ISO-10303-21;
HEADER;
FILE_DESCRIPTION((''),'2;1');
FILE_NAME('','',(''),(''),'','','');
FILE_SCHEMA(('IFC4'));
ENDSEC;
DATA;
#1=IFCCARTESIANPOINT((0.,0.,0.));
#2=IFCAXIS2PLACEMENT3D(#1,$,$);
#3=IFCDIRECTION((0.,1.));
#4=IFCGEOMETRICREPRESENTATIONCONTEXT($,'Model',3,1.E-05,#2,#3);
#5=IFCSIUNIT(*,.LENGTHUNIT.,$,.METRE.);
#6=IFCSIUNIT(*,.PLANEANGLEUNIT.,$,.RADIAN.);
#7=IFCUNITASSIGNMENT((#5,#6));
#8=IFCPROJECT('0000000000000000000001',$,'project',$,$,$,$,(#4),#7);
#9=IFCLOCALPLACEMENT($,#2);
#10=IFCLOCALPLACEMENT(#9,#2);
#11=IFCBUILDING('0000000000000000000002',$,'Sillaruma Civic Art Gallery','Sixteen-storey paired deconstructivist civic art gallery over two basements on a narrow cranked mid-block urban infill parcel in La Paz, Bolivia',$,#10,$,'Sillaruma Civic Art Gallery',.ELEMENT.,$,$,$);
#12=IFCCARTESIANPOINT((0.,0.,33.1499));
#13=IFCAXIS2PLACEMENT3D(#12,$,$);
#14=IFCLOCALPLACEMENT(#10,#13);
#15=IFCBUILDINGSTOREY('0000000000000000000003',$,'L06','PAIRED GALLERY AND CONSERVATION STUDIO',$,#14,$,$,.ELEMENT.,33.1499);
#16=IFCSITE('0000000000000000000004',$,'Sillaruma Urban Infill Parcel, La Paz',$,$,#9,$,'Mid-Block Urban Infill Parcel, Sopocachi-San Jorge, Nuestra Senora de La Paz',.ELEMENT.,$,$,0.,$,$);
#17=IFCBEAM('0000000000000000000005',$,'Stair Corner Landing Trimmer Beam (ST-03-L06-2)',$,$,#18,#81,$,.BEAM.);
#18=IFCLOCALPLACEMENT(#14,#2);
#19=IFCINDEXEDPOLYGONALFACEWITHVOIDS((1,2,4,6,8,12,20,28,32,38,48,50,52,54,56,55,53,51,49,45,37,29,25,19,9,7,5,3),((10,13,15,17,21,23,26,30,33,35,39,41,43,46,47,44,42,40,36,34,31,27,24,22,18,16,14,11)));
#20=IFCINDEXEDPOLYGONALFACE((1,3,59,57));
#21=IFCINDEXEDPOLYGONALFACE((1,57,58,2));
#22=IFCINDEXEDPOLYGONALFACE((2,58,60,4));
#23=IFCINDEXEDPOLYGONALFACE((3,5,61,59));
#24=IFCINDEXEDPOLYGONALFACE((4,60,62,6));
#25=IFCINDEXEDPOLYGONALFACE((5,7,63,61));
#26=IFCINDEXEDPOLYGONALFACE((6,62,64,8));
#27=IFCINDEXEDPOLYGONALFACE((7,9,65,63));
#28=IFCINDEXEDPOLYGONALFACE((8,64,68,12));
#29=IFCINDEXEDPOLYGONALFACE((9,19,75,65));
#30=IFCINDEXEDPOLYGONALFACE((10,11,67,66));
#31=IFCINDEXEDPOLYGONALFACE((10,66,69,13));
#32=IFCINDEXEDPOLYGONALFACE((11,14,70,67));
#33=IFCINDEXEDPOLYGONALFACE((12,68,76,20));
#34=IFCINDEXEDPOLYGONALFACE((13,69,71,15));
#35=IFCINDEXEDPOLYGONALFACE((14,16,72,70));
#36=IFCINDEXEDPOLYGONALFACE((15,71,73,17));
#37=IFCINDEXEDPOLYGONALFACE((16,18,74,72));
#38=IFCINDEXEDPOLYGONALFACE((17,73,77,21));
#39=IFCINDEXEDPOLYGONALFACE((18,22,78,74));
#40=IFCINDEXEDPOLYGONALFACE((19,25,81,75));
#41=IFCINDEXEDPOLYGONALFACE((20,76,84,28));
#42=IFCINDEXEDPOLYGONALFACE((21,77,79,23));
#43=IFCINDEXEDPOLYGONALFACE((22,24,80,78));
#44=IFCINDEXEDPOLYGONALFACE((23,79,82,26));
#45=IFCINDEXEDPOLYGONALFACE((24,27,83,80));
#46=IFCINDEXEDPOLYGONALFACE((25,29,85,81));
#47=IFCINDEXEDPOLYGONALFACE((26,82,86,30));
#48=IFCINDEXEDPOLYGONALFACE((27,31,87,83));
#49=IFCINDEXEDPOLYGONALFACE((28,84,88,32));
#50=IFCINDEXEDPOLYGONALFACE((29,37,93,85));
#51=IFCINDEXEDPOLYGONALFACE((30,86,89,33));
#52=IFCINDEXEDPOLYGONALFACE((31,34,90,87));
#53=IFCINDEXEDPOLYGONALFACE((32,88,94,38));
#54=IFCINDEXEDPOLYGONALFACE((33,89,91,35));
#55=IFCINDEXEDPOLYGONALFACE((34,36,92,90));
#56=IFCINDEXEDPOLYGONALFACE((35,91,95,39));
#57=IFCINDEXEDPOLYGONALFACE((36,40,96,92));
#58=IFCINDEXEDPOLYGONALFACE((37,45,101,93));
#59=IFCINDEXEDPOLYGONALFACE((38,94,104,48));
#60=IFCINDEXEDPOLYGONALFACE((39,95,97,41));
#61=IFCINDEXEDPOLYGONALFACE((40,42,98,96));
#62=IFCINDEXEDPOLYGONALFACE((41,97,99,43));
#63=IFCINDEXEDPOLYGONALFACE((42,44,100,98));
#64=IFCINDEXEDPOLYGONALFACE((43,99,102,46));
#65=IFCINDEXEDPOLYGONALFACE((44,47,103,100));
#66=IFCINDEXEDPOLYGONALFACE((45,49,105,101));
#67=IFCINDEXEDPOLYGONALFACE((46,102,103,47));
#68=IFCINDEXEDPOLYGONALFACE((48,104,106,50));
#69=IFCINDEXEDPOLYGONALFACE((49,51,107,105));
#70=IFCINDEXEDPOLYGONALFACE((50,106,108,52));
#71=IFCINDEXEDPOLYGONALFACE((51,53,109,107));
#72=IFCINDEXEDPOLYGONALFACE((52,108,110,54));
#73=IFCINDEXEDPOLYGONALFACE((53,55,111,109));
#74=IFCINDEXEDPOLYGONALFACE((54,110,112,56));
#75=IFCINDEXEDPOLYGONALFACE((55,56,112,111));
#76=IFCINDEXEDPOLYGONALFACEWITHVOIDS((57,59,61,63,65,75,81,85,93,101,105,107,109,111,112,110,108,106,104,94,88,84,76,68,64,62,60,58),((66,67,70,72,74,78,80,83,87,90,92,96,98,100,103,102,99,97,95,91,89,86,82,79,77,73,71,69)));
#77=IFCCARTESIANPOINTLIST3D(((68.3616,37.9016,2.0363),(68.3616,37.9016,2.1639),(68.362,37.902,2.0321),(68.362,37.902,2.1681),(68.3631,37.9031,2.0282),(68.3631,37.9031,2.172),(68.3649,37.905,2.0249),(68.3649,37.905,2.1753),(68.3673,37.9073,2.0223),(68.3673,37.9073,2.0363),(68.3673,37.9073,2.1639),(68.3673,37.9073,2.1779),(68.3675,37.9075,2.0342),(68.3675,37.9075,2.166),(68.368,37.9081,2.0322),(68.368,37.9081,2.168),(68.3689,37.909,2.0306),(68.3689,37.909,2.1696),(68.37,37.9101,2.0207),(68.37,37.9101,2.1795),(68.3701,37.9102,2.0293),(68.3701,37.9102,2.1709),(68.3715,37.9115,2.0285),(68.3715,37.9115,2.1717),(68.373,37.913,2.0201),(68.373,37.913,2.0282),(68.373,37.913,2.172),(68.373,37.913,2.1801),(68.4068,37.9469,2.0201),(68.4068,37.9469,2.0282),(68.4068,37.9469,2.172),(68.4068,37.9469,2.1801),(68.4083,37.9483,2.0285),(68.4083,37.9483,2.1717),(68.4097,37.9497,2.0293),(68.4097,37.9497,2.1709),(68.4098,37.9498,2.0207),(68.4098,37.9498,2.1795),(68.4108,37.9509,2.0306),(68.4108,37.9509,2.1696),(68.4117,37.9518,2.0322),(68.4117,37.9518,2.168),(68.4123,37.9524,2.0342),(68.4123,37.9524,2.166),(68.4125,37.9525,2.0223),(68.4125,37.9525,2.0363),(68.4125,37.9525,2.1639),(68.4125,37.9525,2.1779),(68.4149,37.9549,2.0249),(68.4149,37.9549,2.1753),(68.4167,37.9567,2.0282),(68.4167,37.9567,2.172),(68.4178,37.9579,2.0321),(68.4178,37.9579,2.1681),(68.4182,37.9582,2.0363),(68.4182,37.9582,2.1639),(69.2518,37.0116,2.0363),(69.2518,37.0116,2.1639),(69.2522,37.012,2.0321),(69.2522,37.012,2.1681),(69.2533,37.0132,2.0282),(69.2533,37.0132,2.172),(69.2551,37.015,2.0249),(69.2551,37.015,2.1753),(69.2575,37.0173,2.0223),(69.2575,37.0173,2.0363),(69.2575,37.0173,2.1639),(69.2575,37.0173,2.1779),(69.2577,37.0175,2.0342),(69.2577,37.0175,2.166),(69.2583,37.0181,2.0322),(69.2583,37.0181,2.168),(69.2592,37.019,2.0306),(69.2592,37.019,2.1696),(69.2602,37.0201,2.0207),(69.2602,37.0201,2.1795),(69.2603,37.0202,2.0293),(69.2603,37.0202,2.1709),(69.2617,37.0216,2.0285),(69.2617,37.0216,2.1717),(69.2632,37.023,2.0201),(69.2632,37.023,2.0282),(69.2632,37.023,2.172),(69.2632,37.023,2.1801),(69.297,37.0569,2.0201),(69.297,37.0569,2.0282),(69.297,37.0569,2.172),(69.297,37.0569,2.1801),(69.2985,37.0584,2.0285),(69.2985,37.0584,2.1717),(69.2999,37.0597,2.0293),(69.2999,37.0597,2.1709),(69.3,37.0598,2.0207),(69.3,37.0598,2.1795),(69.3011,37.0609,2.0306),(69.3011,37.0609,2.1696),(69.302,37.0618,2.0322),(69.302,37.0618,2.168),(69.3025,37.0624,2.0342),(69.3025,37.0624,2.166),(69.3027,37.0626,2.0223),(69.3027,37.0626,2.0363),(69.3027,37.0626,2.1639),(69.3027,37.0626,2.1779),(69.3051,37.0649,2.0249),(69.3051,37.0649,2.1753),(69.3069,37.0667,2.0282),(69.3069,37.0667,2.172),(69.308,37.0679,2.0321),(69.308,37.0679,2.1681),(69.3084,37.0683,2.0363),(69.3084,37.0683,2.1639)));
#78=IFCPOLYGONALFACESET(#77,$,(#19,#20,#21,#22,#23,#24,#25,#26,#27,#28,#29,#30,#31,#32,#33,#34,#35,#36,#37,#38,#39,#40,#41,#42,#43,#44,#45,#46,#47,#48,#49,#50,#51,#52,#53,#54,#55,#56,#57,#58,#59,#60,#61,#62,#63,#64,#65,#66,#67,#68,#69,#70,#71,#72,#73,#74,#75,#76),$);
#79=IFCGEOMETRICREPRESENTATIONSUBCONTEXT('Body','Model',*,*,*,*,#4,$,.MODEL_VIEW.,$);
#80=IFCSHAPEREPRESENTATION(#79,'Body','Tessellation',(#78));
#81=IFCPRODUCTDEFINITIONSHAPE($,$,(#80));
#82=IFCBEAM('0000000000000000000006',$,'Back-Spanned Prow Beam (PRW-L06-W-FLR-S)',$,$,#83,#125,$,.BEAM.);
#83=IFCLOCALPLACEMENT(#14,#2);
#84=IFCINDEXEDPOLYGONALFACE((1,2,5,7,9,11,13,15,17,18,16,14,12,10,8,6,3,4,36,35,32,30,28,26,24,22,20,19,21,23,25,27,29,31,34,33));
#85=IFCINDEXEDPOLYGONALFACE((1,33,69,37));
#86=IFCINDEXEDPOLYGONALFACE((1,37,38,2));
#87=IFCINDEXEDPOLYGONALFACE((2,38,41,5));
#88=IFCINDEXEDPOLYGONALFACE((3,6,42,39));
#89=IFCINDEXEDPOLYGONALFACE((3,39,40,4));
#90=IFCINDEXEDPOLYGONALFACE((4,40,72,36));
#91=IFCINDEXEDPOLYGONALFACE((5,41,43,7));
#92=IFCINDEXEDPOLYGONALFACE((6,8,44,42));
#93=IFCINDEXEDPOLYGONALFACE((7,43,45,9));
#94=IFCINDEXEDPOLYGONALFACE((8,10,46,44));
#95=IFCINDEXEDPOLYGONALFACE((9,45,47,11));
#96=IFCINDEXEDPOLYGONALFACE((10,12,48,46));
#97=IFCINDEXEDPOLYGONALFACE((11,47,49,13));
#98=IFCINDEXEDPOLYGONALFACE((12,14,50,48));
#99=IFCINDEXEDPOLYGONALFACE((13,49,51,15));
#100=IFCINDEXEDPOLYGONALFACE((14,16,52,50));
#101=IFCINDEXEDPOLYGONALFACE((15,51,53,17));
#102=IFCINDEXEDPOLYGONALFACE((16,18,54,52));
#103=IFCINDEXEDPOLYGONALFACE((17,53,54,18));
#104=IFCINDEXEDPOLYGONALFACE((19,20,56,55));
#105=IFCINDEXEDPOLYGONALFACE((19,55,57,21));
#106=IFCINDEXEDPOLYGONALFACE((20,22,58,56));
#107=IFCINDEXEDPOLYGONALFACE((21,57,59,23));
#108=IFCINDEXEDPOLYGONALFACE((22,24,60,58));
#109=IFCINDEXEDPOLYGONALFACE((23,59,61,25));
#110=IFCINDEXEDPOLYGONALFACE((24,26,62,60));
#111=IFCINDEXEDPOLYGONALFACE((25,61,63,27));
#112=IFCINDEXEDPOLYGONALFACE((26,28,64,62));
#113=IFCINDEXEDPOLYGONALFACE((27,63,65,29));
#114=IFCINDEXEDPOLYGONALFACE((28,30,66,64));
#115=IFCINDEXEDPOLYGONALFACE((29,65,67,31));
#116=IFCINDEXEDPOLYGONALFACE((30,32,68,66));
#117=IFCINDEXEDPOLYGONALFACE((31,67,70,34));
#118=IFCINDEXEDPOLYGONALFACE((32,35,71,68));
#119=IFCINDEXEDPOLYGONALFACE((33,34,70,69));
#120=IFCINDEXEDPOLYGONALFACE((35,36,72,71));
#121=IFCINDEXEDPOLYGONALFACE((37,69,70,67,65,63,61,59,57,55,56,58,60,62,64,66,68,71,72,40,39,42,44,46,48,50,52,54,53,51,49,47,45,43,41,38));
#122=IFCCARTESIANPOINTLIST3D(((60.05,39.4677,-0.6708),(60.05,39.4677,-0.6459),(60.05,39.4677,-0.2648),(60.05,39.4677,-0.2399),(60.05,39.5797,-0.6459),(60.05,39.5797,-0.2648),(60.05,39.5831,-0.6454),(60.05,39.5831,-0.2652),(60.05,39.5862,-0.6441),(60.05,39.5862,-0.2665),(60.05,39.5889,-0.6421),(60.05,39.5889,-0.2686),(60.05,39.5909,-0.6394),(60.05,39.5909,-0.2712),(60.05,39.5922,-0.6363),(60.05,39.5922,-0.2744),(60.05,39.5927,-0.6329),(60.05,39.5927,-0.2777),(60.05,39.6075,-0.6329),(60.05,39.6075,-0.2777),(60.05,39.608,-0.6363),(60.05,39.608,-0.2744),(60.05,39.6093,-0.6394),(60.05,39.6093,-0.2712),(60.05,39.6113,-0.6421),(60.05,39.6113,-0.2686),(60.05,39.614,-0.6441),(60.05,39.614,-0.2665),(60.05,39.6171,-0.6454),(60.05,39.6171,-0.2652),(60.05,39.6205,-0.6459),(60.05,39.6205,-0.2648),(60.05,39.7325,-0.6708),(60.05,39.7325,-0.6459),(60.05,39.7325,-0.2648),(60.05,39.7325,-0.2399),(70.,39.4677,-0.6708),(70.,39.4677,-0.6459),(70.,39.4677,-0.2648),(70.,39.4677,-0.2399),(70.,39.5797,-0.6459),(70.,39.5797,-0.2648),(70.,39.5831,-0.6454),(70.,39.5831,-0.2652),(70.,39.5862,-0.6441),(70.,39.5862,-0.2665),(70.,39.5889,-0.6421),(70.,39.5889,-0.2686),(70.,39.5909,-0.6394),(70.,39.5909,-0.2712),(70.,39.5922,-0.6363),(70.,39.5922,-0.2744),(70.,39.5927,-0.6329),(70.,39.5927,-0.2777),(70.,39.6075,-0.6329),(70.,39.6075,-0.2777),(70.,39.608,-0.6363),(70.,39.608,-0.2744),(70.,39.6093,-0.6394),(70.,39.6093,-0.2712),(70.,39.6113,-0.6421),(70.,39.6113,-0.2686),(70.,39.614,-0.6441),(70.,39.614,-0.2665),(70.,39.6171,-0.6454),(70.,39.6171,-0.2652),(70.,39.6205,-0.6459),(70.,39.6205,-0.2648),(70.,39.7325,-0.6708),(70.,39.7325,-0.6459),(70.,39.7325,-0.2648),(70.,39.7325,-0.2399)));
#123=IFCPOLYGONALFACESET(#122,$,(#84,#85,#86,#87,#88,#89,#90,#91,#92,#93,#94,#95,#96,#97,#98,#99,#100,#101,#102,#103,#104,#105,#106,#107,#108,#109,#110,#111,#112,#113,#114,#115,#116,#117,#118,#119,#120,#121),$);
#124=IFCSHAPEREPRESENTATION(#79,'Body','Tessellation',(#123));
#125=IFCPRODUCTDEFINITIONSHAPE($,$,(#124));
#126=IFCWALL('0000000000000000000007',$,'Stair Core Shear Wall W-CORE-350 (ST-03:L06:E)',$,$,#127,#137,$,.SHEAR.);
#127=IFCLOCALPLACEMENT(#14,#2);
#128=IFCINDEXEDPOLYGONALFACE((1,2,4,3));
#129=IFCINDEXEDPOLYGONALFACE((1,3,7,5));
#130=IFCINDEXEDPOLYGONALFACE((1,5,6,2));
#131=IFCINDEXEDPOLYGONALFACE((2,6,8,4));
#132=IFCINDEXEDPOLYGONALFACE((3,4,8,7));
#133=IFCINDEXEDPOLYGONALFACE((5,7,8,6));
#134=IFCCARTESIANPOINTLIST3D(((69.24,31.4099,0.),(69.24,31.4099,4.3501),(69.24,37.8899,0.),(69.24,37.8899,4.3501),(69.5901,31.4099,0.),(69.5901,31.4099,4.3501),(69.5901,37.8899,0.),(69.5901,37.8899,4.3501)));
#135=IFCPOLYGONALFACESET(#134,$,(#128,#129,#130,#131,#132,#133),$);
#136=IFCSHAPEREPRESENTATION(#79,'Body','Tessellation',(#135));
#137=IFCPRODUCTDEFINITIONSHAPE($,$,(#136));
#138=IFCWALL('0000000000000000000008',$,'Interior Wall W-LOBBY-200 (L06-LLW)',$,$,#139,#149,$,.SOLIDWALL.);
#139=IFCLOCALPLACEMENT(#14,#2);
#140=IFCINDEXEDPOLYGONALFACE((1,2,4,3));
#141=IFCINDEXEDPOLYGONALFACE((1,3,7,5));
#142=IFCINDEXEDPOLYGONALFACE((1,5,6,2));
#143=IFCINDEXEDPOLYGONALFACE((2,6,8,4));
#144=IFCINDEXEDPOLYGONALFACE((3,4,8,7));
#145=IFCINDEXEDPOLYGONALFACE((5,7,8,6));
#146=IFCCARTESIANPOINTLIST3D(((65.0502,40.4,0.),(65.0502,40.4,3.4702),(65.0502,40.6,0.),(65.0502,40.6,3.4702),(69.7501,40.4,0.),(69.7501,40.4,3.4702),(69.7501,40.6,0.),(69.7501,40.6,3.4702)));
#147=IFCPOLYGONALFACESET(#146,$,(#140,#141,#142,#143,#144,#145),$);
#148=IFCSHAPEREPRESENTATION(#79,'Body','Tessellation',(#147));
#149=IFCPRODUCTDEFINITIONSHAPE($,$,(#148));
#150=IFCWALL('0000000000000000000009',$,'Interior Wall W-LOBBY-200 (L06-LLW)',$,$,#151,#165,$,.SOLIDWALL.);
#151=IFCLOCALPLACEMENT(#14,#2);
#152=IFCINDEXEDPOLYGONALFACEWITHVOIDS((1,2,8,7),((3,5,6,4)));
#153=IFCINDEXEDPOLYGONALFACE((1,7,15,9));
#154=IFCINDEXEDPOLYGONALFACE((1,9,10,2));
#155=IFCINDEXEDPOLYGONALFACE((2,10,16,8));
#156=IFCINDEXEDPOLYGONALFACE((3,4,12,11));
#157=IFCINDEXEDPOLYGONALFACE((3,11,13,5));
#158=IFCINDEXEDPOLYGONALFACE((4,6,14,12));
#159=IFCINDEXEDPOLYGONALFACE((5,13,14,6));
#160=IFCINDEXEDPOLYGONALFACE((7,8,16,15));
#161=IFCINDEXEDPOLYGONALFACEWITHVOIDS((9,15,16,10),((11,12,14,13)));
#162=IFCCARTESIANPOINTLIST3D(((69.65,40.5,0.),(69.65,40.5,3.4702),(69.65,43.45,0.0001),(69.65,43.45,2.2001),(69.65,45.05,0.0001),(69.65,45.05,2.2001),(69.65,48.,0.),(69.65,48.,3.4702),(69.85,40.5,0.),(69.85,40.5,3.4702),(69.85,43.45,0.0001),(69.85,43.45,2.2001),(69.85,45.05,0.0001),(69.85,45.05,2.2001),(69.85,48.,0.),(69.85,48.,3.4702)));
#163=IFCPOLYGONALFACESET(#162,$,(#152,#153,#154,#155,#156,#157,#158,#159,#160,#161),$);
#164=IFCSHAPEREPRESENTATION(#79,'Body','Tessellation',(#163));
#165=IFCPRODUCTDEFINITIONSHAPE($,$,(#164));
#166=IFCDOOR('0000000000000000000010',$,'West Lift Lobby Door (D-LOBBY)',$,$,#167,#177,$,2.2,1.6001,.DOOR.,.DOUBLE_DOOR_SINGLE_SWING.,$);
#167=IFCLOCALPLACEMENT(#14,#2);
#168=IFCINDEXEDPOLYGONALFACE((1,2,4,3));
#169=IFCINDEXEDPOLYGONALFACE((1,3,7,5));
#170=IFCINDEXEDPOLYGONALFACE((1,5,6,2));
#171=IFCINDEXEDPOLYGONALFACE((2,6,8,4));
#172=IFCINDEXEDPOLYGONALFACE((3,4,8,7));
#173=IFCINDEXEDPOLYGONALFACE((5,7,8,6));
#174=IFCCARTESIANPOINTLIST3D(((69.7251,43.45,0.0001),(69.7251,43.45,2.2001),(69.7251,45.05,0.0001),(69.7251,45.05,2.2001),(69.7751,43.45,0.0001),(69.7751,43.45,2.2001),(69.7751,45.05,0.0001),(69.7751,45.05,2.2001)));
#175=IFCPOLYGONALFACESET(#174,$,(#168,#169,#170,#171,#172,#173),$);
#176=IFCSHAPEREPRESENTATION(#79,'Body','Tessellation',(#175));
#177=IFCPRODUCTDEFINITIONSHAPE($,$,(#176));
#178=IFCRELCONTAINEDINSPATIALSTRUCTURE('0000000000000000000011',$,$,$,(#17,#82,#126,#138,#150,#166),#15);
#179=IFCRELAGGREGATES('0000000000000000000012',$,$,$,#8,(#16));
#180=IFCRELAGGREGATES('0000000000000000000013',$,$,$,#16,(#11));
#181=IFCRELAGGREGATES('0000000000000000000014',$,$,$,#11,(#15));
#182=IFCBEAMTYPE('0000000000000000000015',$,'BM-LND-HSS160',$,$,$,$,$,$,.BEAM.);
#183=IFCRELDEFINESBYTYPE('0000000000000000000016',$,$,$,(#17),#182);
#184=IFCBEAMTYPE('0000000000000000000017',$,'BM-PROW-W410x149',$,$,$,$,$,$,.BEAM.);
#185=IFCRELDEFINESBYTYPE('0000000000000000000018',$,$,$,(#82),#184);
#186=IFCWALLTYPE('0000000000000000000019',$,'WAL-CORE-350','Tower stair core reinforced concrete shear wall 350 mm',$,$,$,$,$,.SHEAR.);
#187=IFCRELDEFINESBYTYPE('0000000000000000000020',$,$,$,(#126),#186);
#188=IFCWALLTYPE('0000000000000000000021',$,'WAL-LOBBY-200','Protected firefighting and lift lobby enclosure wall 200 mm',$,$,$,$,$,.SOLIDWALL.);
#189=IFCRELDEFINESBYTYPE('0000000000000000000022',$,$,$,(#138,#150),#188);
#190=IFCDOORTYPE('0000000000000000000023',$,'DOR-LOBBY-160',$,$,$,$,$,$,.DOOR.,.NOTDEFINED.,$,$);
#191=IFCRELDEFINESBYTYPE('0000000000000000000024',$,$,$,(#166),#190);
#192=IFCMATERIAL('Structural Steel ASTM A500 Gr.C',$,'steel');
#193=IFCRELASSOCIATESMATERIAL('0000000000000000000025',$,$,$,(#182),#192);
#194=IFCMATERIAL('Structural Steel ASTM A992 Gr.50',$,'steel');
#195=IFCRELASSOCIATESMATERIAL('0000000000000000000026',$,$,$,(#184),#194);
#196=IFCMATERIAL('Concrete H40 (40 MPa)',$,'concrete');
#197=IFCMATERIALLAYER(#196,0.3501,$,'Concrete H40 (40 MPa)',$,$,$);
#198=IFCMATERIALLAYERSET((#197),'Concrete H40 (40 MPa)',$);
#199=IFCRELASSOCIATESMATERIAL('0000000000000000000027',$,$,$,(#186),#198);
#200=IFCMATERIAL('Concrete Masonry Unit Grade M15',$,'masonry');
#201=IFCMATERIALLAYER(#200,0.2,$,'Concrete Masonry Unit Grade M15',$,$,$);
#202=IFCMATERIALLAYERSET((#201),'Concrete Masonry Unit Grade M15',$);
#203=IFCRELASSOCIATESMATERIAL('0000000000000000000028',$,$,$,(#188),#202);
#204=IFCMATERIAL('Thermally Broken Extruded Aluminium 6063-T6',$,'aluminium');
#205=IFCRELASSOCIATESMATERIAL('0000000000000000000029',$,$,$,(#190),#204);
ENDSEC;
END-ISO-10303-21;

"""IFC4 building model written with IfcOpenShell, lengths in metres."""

from ifc_helpers import new_model, si_unit, direction, frame, frame_2d, origin, origin_2d, place, context, subcontext, project, spatial, rectangle, hollow_rectangle, i_section, extrude, material, layer, layer_set, material_profile, profile_set, type_object, element, fill, save


model = new_model("IFC4")

# Units and contexts
model_context = context("Model", 3, precision=1e-05, world=origin(), true_north=direction((0.0, 1.0)))
body_context = subcontext(model_context, "Body", "Model", "MODEL_VIEW")
ifc_project = project(units=[si_unit("LENGTHUNIT", "METRE"), si_unit("PLANEANGLEUNIT", "RADIAN")], contexts=[model_context])

# Site, building, storey
site_placement = place(None, origin())
site = spatial("IfcSite", under=ifc_project, at=site_placement, Name="Sillaruma Urban Infill Parcel, La Paz", LongName="Mid-Block Urban Infill Parcel, Sopocachi-San Jorge, Nuestra Senora de La Paz", CompositionType="ELEMENT", RefElevation=0.0)
building_placement = place(site_placement, origin())
building = spatial("IfcBuilding", under=site, at=building_placement, Name="Sillaruma Civic Art Gallery", Description="Sixteen-storey paired deconstructivist civic art gallery over two basements on a narrow cranked mid-block urban infill parcel in La Paz, Bolivia", LongName="Sillaruma Civic Art Gallery", CompositionType="ELEMENT")
storey_placement = place(building_placement, frame((0.0, 0.0, 33.1499)))
storey = spatial("IfcBuildingStorey", under=building, at=storey_placement, Name="L06", Description="PAIRED GALLERY AND CONSERVATION STUDIO", CompositionType="ELEMENT", Elevation=33.1499)

# Shared definitions
ifc_material_1 = material(Name="Concrete H40 (40 MPa)", Category="concrete")

# Beams
ifc_material_2 = material(Name="Structural Steel ASTM A500 Gr.C", Category="steel")
ifc_material_profile_1 = material_profile(ifc_material_2, hollow_rectangle(XDim=0.0801, YDim=0.1599, WallThickness=0.0081, InnerFilletRadius=0.0081, OuterFilletRadius=0.0161, at=origin_2d()), Name="HSS160x80x8")
ifc_profile_set_1 = profile_set([ifc_material_profile_1], Name="Structural Steel ASTM A500 Gr.C")
beam_type_1 = type_object("IfcBeamType", Name="BM-LND-HSS160", PredefinedType="BEAM", material=ifc_profile_set_1)
for number, where, z_axis, x_axis, name in (
    (1, (68.3899, 37.9299, 2.1001), (0.707204, -0.70701, 0.0), (0.70701, 0.707204, 0.0), "Stair Corner Landing Trimmer Beam (ST-03-L06-2)"),
):
    element("IfcBeam", number, at=place(storey_placement, frame(where, z_axis=z_axis, x_axis=x_axis)), inside=storey, type_object=beam_type_1, Name=name, PredefinedType="BEAM", context=body_context, shape_type="SweptSolid", body=[
        extrude(hollow_rectangle(XDim=0.0801, YDim=0.1599, WallThickness=0.0081, InnerFilletRadius=0.0081, OuterFilletRadius=0.0161, at=origin_2d()), origin(), (0.0, 0.0, 1.0), 1.2588),
    ])
ifc_material_3 = material(Name="Structural Steel ASTM A992 Gr.50", Category="steel")
ifc_material_profile_2 = material_profile(ifc_material_3, i_section(OverallWidth=0.2649, OverallDepth=0.4309, WebThickness=0.0149, FlangeThickness=0.0249, FilletRadius=0.0129, at=origin_2d()), Name="W410x149")
ifc_profile_set_2 = profile_set([ifc_material_profile_2], Name="Structural Steel ASTM A992 Gr.50")
beam_type_2 = type_object("IfcBeamType", Name="BM-PROW-W410x149", PredefinedType="BEAM", material=ifc_profile_set_2)
beam_1_placement = place(storey_placement, frame((70.0, 39.6001, -0.4553), z_axis=(-1.0, 0.0, 0.0), x_axis=(0.0, -1.0, 0.0)))
element("IfcBeam", 2, at=beam_1_placement, inside=storey, type_object=beam_type_2, Name="Back-Spanned Prow Beam (PRW-L06-W-FLR-S)", PredefinedType="BEAM", context=body_context, shape_type="SweptSolid", body=[
    extrude(i_section(OverallWidth=0.2649, OverallDepth=0.4309, WebThickness=0.0149, FlangeThickness=0.0249, FilletRadius=0.0129, at=origin_2d()), origin(), (0.0, 0.0, 1.0), 9.95),
])

# Walls
ifc_layer_1 = layer(ifc_material_1, 0.3501, Name="Concrete H40 (40 MPa)")
ifc_layer_set_1 = layer_set([ifc_layer_1], Name="Concrete H40 (40 MPa)")
wall_type_1 = type_object("IfcWallType", Name="WAL-CORE-350", Description="Tower stair core reinforced concrete shear wall 350 mm", PredefinedType="SHEAR", material=ifc_layer_set_1)
wall_1_placement = place(storey_placement, frame((69.415, 31.4099, 0.0), z_axis=(0.0, 0.0, 1.0), x_axis=(0.0, 1.0, 0.0)))
element("IfcWall", 3, at=wall_1_placement, inside=storey, type_object=wall_type_1, Name="Stair Core Shear Wall W-CORE-350 (ST-03:L06:E)", PredefinedType="SHEAR", context=body_context, shape_type="SweptSolid", body=[
    extrude(rectangle(XDim=6.48, YDim=0.3501, at=frame_2d((3.24, 0.0))), origin(), (0.0, 0.0, 1.0), 4.3501),
])
ifc_material_4 = material(Name="Concrete Masonry Unit Grade M15", Category="masonry")
ifc_layer_2 = layer(ifc_material_4, 0.2, Name="Concrete Masonry Unit Grade M15")
ifc_layer_set_2 = layer_set([ifc_layer_2], Name="Concrete Masonry Unit Grade M15")
wall_type_2 = type_object("IfcWallType", Name="WAL-LOBBY-200", Description="Protected firefighting and lift lobby enclosure wall 200 mm", PredefinedType="SOLIDWALL", material=ifc_layer_set_2)
wall_2_placement = place(storey_placement, frame((65.05, 40.5, 0.0), z_axis=(0.0, 0.0, 1.0), x_axis=(1.0, 0.0, 0.0)))
element("IfcWall", 4, at=wall_2_placement, inside=storey, type_object=wall_type_2, Name="Interior Wall W-LOBBY-200 (L06-LLW)", PredefinedType="SOLIDWALL", context=body_context, shape_type="SweptSolid", body=[
    extrude(rectangle(XDim=4.7, YDim=0.2, at=frame_2d((2.3501, 0.0))), origin(), (0.0, 0.0, 1.0), 3.4702),
])

# Wall, opening, door
wall_3_placement = place(storey_placement, frame((69.75, 40.5, 0.0), z_axis=(0.0, 0.0, 1.0), x_axis=(0.0, 1.0, 0.0)))
wall_3 = element("IfcWall", 5, at=wall_3_placement, inside=storey, type_object=wall_type_2, Name="Interior Wall W-LOBBY-200 (L06-LLW)", PredefinedType="SOLIDWALL", context=body_context, shape_type="SweptSolid", body=[
    extrude(rectangle(XDim=7.5, YDim=0.2, at=frame_2d((3.75, 0.0))), origin(), (0.0, 0.0, 1.0), 3.4702),
])
opening_1_placement = place(wall_3_placement, frame((2.95, 0.0, 0.0)))
opening_1 = element("IfcOpeningElement", 6, at=opening_1_placement, cuts=wall_3, PredefinedType="OPENING", context=body_context, shape_type="SweptSolid", body=[
    extrude(rectangle(XDim=1.6001, YDim=2.2, at=frame_2d((0.8, 1.1001))), frame((0.0, 0.1099, 0.0), z_axis=(0.0, -1.0, 0.0), x_axis=(1.0, 0.0, 0.0)), (0.0, 0.0, 1.0), 0.22),
])
ifc_material_5 = material(Name="Thermally Broken Extruded Aluminium 6063-T6", Category="aluminium")
door_type_1 = type_object("IfcDoorType", Name="DOR-LOBBY-160", OperationType="NOTDEFINED", PredefinedType="DOOR", material=ifc_material_5)
door_1_placement = place(opening_1_placement, origin())
door_1 = element("IfcDoor", 7, at=door_1_placement, inside=storey, type_object=door_type_1, Name="West Lift Lobby Door (D-LOBBY)", OperationType="DOUBLE_DOOR_SINGLE_SWING", OverallHeight=2.2, OverallWidth=1.6001, PredefinedType="DOOR", context=body_context, shape_type="SweptSolid", body=[
    extrude(rectangle(XDim=1.6001, YDim=2.2, at=frame_2d((0.8, 1.1001))), frame((0.0, 0.0249, 0.0), z_axis=(0.0, -1.0, 0.0), x_axis=(1.0, 0.0, 0.0)), (0.0, 0.0, 1.0), 0.05),
])
fill(opening_1, door_1)

save(model, "model.ifc")
